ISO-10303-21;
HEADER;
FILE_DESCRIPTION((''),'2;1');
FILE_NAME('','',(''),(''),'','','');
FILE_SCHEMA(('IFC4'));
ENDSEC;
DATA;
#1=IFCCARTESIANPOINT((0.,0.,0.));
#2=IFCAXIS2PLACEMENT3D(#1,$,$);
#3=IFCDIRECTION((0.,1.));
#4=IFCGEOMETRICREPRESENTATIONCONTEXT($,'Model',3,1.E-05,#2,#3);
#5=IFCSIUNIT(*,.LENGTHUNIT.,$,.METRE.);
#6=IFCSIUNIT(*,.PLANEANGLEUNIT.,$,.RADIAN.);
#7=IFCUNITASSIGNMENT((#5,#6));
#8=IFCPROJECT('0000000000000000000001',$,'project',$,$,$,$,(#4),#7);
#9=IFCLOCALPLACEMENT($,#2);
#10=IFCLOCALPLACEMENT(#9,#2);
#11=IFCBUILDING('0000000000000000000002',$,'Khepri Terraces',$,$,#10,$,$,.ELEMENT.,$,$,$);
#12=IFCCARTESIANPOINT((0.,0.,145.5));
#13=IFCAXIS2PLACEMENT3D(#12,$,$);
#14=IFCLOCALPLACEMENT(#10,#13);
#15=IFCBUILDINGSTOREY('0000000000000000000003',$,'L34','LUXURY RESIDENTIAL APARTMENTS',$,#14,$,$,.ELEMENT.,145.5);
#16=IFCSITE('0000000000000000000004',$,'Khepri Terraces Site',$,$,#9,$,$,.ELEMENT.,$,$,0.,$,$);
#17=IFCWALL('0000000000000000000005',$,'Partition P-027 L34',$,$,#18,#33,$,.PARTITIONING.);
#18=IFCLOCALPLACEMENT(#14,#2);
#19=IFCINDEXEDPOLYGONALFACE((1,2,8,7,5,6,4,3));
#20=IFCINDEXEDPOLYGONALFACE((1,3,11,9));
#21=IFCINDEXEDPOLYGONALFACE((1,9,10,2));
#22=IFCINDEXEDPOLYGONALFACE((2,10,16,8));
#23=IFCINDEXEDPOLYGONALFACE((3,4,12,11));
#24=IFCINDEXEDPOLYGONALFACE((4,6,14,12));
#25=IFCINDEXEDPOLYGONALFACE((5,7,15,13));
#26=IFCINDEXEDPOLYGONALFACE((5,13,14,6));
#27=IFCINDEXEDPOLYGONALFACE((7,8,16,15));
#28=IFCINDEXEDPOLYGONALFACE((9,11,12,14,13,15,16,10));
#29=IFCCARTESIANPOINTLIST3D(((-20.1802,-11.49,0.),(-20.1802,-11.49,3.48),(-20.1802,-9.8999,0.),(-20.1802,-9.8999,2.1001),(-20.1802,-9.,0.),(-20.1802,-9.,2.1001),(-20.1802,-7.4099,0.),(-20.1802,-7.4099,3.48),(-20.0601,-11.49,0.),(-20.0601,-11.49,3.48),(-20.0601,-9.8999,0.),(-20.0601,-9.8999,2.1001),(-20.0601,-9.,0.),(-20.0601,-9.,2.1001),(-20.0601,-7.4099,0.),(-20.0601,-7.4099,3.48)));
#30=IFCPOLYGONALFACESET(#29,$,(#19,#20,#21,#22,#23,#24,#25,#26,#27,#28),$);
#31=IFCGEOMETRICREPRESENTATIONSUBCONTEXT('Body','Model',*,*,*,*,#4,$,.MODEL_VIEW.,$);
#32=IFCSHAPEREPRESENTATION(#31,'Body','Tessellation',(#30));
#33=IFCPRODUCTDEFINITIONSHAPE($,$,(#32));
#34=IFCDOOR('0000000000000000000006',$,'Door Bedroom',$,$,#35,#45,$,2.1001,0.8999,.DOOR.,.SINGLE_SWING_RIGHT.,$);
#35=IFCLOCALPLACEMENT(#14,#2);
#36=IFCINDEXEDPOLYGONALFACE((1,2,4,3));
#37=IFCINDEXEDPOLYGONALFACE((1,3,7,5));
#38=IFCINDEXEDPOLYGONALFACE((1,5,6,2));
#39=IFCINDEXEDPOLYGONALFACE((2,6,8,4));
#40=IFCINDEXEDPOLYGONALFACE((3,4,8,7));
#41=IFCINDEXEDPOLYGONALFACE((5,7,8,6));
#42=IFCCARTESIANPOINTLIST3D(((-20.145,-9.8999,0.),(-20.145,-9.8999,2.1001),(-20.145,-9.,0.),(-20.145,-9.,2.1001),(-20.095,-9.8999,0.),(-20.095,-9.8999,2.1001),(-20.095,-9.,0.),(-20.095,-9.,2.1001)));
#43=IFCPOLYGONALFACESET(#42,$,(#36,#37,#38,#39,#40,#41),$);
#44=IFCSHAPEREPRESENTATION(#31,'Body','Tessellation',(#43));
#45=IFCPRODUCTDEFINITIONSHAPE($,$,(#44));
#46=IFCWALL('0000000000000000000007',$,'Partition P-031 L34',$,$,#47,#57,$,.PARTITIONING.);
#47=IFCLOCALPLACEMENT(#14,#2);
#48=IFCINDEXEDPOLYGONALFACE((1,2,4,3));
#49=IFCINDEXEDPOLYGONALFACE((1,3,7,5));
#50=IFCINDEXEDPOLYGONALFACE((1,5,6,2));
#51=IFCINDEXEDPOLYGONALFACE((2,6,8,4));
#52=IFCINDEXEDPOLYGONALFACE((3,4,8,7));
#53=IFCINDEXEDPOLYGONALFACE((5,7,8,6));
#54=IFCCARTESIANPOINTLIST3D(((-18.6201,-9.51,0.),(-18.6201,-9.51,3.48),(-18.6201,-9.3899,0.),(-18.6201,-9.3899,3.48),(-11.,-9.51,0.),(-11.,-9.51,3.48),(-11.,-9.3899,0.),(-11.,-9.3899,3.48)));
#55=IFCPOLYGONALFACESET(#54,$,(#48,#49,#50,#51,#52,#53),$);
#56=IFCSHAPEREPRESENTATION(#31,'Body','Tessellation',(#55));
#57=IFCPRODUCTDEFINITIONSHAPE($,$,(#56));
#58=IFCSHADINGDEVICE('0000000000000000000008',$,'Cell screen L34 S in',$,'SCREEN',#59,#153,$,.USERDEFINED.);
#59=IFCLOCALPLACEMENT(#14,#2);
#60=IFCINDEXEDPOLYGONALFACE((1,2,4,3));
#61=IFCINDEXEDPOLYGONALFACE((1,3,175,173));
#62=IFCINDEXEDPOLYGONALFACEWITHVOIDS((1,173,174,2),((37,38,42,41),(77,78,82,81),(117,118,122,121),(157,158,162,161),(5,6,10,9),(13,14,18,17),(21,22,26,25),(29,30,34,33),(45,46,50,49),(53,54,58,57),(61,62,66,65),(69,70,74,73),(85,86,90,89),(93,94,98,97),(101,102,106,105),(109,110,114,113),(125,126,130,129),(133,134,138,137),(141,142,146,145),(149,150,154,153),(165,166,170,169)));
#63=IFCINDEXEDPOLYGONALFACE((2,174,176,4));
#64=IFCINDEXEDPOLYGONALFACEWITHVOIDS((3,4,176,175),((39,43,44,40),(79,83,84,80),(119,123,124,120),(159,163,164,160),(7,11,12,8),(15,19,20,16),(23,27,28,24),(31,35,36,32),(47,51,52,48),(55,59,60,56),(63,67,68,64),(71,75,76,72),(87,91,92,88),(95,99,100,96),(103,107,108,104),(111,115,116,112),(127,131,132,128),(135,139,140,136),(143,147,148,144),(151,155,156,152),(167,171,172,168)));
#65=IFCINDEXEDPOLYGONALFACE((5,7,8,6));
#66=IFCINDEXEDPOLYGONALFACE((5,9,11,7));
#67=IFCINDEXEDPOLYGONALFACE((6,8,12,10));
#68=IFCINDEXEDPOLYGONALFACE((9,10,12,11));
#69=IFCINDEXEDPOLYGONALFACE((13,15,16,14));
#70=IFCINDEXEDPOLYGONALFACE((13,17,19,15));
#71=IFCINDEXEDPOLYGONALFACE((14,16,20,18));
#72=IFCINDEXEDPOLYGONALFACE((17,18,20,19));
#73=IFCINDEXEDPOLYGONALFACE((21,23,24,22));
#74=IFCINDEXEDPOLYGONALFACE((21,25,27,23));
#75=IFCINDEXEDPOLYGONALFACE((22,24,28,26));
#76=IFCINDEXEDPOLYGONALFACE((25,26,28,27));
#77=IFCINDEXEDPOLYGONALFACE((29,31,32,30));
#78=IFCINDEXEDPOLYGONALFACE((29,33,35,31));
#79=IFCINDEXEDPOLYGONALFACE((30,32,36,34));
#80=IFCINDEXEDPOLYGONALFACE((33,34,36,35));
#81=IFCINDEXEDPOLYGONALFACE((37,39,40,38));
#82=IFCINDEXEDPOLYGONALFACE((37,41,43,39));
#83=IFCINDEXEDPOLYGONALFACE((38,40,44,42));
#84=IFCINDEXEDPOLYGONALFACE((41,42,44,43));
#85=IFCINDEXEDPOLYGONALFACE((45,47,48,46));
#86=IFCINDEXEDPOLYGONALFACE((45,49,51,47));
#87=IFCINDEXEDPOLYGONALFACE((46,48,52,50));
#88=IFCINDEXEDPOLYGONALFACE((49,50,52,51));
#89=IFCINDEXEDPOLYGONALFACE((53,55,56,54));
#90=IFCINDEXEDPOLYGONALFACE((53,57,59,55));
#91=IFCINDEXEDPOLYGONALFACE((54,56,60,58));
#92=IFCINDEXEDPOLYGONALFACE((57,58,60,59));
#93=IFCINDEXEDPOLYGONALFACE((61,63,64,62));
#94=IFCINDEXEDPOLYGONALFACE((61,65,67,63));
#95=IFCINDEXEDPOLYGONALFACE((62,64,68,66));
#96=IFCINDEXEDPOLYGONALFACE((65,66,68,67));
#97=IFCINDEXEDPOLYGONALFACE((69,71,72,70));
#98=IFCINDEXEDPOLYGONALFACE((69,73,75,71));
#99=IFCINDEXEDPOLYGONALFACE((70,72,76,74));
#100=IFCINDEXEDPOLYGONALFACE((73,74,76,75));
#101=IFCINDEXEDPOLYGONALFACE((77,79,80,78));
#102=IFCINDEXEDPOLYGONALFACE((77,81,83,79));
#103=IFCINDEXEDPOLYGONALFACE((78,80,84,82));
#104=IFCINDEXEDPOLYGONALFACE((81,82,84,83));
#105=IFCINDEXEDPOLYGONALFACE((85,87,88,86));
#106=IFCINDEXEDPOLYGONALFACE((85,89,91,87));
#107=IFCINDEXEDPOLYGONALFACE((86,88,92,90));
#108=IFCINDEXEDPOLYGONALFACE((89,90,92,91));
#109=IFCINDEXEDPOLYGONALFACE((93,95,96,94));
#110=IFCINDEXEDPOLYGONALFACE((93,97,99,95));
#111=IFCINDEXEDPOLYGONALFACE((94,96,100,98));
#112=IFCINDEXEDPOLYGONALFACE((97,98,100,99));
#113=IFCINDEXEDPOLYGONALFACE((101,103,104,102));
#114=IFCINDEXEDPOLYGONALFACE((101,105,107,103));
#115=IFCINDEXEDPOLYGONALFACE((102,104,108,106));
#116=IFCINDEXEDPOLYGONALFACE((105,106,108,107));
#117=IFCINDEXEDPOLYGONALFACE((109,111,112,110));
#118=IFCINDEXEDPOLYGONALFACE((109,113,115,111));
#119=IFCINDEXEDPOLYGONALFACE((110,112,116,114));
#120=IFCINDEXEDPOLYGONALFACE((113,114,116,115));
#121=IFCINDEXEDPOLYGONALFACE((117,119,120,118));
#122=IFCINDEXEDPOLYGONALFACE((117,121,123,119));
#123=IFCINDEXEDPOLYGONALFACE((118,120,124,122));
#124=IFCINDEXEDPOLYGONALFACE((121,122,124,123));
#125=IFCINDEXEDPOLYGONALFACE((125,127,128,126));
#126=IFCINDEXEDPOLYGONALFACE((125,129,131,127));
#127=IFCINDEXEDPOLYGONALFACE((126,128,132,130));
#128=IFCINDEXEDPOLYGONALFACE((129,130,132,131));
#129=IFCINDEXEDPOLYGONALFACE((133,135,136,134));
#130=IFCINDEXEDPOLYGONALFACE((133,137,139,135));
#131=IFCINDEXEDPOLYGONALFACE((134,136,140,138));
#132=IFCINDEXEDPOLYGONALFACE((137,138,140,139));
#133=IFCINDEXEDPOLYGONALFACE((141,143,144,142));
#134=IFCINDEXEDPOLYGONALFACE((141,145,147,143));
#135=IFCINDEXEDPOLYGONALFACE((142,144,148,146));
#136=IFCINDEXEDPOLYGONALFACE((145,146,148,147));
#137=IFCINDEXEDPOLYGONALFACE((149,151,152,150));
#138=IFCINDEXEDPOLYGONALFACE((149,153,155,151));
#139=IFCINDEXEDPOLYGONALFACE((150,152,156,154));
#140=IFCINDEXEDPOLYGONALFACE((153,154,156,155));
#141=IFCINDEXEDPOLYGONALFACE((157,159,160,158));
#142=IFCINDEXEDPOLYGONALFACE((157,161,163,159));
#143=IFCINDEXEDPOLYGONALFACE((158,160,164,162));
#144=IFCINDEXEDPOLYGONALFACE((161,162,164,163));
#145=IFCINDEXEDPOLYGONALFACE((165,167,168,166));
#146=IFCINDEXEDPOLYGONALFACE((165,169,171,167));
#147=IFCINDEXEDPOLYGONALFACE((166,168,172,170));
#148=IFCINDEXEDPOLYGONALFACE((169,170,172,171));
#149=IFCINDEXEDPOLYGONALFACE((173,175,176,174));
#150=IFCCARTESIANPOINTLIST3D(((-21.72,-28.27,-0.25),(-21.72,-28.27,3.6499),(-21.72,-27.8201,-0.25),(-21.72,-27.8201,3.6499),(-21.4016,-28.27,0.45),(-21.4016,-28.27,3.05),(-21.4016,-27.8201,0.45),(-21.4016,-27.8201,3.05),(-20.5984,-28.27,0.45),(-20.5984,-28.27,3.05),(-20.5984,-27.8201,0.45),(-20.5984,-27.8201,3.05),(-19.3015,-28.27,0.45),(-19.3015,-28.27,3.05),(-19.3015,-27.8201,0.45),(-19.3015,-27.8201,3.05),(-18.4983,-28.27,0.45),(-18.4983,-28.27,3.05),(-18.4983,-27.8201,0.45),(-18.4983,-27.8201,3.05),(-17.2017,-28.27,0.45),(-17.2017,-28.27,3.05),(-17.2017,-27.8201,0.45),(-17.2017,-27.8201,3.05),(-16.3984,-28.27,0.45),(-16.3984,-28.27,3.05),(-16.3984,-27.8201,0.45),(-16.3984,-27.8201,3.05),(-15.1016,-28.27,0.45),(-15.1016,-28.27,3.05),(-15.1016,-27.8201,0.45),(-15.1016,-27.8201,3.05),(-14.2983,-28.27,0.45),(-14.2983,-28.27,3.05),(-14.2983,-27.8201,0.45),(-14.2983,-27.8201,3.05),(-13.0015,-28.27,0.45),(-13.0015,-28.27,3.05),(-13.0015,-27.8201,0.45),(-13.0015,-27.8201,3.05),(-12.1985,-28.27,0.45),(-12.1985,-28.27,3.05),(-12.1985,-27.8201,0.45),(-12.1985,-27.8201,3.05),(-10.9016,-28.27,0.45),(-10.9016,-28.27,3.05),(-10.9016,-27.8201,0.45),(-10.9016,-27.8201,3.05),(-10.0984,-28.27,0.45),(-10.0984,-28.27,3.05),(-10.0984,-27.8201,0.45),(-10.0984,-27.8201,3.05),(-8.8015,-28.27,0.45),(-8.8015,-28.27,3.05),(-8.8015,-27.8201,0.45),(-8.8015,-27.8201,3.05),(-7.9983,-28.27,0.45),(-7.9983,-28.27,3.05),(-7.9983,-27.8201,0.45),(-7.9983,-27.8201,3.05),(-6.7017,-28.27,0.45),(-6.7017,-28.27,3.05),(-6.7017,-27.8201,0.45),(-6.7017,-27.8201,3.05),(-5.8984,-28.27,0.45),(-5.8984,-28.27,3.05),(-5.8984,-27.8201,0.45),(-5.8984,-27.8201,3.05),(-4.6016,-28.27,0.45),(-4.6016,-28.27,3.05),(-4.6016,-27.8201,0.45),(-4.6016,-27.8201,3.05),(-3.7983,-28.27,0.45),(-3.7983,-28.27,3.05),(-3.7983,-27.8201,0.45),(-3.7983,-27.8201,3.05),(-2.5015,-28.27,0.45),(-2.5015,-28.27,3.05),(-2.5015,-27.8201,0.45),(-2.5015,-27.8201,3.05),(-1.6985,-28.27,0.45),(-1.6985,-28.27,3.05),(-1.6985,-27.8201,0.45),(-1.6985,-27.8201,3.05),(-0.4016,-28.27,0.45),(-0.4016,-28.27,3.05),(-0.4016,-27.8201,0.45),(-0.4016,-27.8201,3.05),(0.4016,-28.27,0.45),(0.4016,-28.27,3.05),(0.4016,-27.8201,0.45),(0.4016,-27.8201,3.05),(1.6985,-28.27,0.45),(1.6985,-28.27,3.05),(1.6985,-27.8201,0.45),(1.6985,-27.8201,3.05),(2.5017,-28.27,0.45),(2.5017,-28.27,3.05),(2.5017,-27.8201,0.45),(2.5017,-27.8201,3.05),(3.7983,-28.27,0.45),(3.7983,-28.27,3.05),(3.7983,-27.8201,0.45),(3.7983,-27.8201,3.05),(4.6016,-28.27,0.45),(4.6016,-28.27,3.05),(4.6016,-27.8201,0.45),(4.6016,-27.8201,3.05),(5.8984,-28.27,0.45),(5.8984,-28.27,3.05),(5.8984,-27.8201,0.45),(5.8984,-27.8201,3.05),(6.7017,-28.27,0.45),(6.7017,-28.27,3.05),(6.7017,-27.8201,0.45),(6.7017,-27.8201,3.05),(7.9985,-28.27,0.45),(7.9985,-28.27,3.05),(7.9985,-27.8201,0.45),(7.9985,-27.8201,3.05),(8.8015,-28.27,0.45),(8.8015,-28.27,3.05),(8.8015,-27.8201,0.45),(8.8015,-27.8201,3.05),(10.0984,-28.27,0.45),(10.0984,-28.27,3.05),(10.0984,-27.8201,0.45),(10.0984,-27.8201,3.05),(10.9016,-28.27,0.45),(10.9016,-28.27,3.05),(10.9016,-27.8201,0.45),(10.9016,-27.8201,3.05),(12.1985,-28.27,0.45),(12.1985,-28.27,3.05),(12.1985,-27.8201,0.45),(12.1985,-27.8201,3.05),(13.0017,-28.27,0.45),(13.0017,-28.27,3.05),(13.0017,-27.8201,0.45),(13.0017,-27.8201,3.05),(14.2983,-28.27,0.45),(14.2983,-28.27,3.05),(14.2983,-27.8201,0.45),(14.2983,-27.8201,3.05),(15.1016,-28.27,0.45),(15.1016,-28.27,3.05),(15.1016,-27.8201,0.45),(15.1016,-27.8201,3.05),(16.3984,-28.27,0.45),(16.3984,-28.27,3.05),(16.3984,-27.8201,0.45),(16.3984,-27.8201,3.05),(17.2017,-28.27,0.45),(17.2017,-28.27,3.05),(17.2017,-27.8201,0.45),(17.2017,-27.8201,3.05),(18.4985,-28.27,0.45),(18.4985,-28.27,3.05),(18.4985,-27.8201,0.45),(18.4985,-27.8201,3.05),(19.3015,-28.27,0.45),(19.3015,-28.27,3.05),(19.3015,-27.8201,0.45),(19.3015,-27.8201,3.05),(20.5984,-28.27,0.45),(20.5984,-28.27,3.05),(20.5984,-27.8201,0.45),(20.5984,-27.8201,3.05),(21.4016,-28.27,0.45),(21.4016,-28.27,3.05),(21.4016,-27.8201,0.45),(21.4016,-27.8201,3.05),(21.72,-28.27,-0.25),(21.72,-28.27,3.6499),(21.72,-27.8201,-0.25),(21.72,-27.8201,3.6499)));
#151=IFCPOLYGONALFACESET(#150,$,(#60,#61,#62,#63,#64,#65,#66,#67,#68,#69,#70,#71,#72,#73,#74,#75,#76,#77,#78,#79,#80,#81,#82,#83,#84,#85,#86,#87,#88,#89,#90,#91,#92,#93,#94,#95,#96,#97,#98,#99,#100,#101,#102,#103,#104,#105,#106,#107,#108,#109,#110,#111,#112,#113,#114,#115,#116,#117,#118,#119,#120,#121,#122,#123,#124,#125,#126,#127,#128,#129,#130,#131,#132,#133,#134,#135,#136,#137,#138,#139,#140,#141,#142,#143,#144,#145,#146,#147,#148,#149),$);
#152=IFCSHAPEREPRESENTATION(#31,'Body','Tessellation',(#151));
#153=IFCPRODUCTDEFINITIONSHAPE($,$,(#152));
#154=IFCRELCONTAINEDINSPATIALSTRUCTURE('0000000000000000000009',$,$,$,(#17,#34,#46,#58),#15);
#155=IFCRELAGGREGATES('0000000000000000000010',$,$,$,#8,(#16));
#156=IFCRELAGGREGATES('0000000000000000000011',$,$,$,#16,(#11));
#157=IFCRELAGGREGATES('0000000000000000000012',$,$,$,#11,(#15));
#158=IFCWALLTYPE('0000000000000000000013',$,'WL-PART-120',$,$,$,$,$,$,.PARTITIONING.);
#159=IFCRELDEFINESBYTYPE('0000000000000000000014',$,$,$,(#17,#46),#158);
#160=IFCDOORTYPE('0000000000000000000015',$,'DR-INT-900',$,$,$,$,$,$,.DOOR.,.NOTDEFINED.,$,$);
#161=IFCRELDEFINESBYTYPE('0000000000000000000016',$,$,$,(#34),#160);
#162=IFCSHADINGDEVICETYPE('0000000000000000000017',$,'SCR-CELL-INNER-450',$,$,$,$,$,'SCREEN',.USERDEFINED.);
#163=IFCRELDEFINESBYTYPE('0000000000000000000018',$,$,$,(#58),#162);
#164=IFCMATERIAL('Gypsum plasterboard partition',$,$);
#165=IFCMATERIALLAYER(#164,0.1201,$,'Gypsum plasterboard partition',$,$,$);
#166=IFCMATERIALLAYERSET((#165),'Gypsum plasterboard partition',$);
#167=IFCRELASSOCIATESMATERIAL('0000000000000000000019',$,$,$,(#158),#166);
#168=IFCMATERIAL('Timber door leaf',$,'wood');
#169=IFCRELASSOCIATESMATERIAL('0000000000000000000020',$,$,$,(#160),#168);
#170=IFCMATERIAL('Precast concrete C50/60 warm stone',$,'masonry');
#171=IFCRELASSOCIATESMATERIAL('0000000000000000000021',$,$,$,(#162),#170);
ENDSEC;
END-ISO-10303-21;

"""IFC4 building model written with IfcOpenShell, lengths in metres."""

from ifc_helpers import new_model, si_unit, direction, frame, frame_2d, origin, place, context, subcontext, project, spatial, polyline, rectangle, outline, extrude, material, layer, layer_set, type_object, element, fill, save


model = new_model("IFC4")

# Units and contexts
model_context = context("Model", 3, precision=1e-05, world=origin(), true_north=direction((0.0, 1.0)))
body_context = subcontext(model_context, "Body", "Model", "MODEL_VIEW")
ifc_project = project(units=[si_unit("LENGTHUNIT", "METRE"), si_unit("PLANEANGLEUNIT", "RADIAN")], contexts=[model_context])

# Site, building, storey
site_placement = place(None, origin())
site = spatial("IfcSite", under=ifc_project, at=site_placement, Name="Khepri Terraces Site", CompositionType="ELEMENT", RefElevation=0.0)
building_placement = place(site_placement, origin())
building = spatial("IfcBuilding", under=site, at=building_placement, Name="Khepri Terraces", CompositionType="ELEMENT")
storey_placement = place(building_placement, frame((0.0, 0.0, 145.5)))
storey = spatial("IfcBuildingStorey", under=building, at=storey_placement, Name="L34", Description="LUXURY RESIDENTIAL APARTMENTS", CompositionType="ELEMENT", Elevation=145.5)

# Shared definitions
ifc_material_1 = material(Name="Precast concrete C50/60 warm stone", Category="masonry")

# Shared definitions
ifc_material_2 = material(Name="Gypsum plasterboard partition")
ifc_layer_1 = layer(ifc_material_2, 0.1201, Name="Gypsum plasterboard partition")
ifc_layer_set_1 = layer_set([ifc_layer_1], Name="Gypsum plasterboard partition")
wall_type_1 = type_object("IfcWallType", Name="WL-PART-120", PredefinedType="PARTITIONING", material=ifc_layer_set_1)
ifc_material_3 = material(Name="Timber door leaf", Category="wood")
door_type_1 = type_object("IfcDoorType", Name="DR-INT-900", OperationType="NOTDEFINED", PredefinedType="DOOR", material=ifc_material_3)

# Wall, opening, door
wall_1_placement = place(storey_placement, frame((-20.1201, -11.49, 0.0), z_axis=(0.0, 0.0, 1.0), x_axis=(0.0, 1.0, 0.0)))
wall_1 = element("IfcWall", 1, at=wall_1_placement, inside=storey, type_object=wall_type_1, Name="Partition P-027 L34", PredefinedType="PARTITIONING", context=body_context, shape_type="SweptSolid", body=[
    extrude(rectangle(XDim=4.0801, YDim=0.1201, at=frame_2d((2.04, 0.0))), origin(), (0.0, 0.0, 1.0), 3.48),
])
opening_1_placement = place(wall_1_placement, frame((1.5901, 0.0, 0.0)))
opening_1 = element("IfcOpeningElement", 2, at=opening_1_placement, cuts=wall_1, PredefinedType="OPENING", context=body_context, shape_type="SweptSolid", body=[
    extrude(rectangle(XDim=0.8999, YDim=2.1001, at=frame_2d((0.45, 1.05))), frame((0.0, 0.0701, 0.0), z_axis=(0.0, -1.0, 0.0), x_axis=(1.0, 0.0, 0.0)), (0.0, 0.0, 1.0), 0.1401),
])
door_1_placement = place(opening_1_placement, origin())
door_1 = element("IfcDoor", 3, at=door_1_placement, inside=storey, type_object=door_type_1, Name="Door Bedroom", OperationType="SINGLE_SWING_RIGHT", OverallHeight=2.1001, OverallWidth=0.8999, PredefinedType="DOOR", context=body_context, shape_type="SweptSolid", body=[
    extrude(rectangle(XDim=0.8999, YDim=2.1001, at=frame_2d((0.45, 1.05))), frame((0.0, 0.0249, 0.0), z_axis=(0.0, -1.0, 0.0), x_axis=(1.0, 0.0, 0.0)), (0.0, 0.0, 1.0), 0.05),
])
fill(opening_1, door_1)

# Wall
wall_2_placement = place(storey_placement, frame((-18.6201, -9.45, 0.0), z_axis=(0.0, 0.0, 1.0), x_axis=(1.0, 0.0, 0.0)))
element("IfcWall", 4, at=wall_2_placement, inside=storey, type_object=wall_type_1, Name="Partition P-031 L34", PredefinedType="PARTITIONING", context=body_context, shape_type="SweptSolid", body=[
    extrude(rectangle(XDim=7.6201, YDim=0.1201, at=frame_2d((3.8101, 0.0))), origin(), (0.0, 0.0, 1.0), 3.48),
])

# Shading device
shading_device_type_1 = type_object("IfcShadingDeviceType", Name="SCR-CELL-INNER-450", ElementType="SCREEN", PredefinedType="USERDEFINED", material=ifc_material_1)
shading_device_1_placement = place(storey_placement, frame((-21.72, -27.8201, -0.25), z_axis=(0.0, -1.0, 0.0), x_axis=(1.0, 0.0, 0.0)))
element("IfcShadingDevice", 5, at=shading_device_1_placement, inside=storey, type_object=shading_device_type_1, Name="Cell screen L34 S in", ObjectType="SCREEN", PredefinedType="USERDEFINED", context=body_context, shape_type="SweptSolid", body=[
    extrude(outline(polyline([(0.0, 0.0), (43.4399, 0.0), (43.4399, 3.8999), (0.0, 3.8999), (0.0, 0.0)]), holes=[polyline([(0.3184, 0.7), (1.1216, 0.7), (1.1216, 3.3), (0.3184, 3.3), (0.3184, 0.7)]), polyline([(2.4185, 0.7), (3.2217, 0.7), (3.2217, 3.3), (2.4185, 3.3), (2.4185, 0.7)]), polyline([(4.5183, 0.7), (5.3215, 0.7), (5.3215, 3.3), (4.5183, 3.3), (4.5183, 0.7)]), polyline([(6.6184, 0.7), (7.4216, 0.7), (7.4216, 3.3), (6.6184, 3.3), (6.6184, 0.7)]), polyline([(8.7185, 0.7), (9.5215, 0.7), (9.5215, 3.3), (8.7185, 3.3), (8.7185, 0.7)]), polyline([(10.8184, 0.7), (11.6216, 0.7), (11.6216, 3.3), (10.8184, 3.3), (10.8184, 0.7)]), polyline([(12.9185, 0.7), (13.7217, 0.7), (13.7217, 3.3), (12.9185, 3.3), (12.9185, 0.7)]), polyline([(15.0183, 0.7), (15.8215, 0.7), (15.8215, 3.3), (15.0183, 3.3), (15.0183, 0.7)]), polyline([(17.1184, 0.7), (17.9216, 0.7), (17.9216, 3.3), (17.1184, 3.3), (17.1184, 0.7)]), polyline([(19.2185, 0.7), (20.0215, 0.7), (20.0215, 3.3), (19.2185, 3.3), (19.2185, 0.7)]), polyline([(21.3184, 0.7), (22.1216, 0.7), (22.1216, 3.3), (21.3184, 3.3), (21.3184, 0.7)]), polyline([(23.4185, 0.7), (24.2217, 0.7), (24.2217, 3.3), (23.4185, 3.3), (23.4185, 0.7)]), polyline([(25.5183, 0.7), (26.3215, 0.7), (26.3215, 3.3), (25.5183, 3.3), (25.5183, 0.7)]), polyline([(27.6184, 0.7), (28.4216, 0.7), (28.4216, 3.3), (27.6184, 3.3), (27.6184, 0.7)]), polyline([(29.7185, 0.7), (30.5215, 0.7), (30.5215, 3.3), (29.7185, 3.3), (29.7185, 0.7)]), polyline([(31.8184, 0.7), (32.6216, 0.7), (32.6216, 3.3), (31.8184, 3.3), (31.8184, 0.7)]), polyline([(33.9185, 0.7), (34.7217, 0.7), (34.7217, 3.3), (33.9185, 3.3), (33.9185, 0.7)]), polyline([(36.0183, 0.7), (36.8215, 0.7), (36.8215, 3.3), (36.0183, 3.3), (36.0183, 0.7)]), polyline([(38.1184, 0.7), (38.9216, 0.7), (38.9216, 3.3), (38.1184, 3.3), (38.1184, 0.7)]), polyline([(40.2185, 0.7), (41.0215, 0.7), (41.0215, 3.3), (40.2185, 3.3), (40.2185, 0.7)]), polyline([(42.3184, 0.7), (43.1216, 0.7), (43.1216, 3.3), (42.3184, 3.3), (42.3184, 0.7)])]), origin(), (0.0, 0.0, 1.0), 0.45),
])

save(model, "model.ifc")
